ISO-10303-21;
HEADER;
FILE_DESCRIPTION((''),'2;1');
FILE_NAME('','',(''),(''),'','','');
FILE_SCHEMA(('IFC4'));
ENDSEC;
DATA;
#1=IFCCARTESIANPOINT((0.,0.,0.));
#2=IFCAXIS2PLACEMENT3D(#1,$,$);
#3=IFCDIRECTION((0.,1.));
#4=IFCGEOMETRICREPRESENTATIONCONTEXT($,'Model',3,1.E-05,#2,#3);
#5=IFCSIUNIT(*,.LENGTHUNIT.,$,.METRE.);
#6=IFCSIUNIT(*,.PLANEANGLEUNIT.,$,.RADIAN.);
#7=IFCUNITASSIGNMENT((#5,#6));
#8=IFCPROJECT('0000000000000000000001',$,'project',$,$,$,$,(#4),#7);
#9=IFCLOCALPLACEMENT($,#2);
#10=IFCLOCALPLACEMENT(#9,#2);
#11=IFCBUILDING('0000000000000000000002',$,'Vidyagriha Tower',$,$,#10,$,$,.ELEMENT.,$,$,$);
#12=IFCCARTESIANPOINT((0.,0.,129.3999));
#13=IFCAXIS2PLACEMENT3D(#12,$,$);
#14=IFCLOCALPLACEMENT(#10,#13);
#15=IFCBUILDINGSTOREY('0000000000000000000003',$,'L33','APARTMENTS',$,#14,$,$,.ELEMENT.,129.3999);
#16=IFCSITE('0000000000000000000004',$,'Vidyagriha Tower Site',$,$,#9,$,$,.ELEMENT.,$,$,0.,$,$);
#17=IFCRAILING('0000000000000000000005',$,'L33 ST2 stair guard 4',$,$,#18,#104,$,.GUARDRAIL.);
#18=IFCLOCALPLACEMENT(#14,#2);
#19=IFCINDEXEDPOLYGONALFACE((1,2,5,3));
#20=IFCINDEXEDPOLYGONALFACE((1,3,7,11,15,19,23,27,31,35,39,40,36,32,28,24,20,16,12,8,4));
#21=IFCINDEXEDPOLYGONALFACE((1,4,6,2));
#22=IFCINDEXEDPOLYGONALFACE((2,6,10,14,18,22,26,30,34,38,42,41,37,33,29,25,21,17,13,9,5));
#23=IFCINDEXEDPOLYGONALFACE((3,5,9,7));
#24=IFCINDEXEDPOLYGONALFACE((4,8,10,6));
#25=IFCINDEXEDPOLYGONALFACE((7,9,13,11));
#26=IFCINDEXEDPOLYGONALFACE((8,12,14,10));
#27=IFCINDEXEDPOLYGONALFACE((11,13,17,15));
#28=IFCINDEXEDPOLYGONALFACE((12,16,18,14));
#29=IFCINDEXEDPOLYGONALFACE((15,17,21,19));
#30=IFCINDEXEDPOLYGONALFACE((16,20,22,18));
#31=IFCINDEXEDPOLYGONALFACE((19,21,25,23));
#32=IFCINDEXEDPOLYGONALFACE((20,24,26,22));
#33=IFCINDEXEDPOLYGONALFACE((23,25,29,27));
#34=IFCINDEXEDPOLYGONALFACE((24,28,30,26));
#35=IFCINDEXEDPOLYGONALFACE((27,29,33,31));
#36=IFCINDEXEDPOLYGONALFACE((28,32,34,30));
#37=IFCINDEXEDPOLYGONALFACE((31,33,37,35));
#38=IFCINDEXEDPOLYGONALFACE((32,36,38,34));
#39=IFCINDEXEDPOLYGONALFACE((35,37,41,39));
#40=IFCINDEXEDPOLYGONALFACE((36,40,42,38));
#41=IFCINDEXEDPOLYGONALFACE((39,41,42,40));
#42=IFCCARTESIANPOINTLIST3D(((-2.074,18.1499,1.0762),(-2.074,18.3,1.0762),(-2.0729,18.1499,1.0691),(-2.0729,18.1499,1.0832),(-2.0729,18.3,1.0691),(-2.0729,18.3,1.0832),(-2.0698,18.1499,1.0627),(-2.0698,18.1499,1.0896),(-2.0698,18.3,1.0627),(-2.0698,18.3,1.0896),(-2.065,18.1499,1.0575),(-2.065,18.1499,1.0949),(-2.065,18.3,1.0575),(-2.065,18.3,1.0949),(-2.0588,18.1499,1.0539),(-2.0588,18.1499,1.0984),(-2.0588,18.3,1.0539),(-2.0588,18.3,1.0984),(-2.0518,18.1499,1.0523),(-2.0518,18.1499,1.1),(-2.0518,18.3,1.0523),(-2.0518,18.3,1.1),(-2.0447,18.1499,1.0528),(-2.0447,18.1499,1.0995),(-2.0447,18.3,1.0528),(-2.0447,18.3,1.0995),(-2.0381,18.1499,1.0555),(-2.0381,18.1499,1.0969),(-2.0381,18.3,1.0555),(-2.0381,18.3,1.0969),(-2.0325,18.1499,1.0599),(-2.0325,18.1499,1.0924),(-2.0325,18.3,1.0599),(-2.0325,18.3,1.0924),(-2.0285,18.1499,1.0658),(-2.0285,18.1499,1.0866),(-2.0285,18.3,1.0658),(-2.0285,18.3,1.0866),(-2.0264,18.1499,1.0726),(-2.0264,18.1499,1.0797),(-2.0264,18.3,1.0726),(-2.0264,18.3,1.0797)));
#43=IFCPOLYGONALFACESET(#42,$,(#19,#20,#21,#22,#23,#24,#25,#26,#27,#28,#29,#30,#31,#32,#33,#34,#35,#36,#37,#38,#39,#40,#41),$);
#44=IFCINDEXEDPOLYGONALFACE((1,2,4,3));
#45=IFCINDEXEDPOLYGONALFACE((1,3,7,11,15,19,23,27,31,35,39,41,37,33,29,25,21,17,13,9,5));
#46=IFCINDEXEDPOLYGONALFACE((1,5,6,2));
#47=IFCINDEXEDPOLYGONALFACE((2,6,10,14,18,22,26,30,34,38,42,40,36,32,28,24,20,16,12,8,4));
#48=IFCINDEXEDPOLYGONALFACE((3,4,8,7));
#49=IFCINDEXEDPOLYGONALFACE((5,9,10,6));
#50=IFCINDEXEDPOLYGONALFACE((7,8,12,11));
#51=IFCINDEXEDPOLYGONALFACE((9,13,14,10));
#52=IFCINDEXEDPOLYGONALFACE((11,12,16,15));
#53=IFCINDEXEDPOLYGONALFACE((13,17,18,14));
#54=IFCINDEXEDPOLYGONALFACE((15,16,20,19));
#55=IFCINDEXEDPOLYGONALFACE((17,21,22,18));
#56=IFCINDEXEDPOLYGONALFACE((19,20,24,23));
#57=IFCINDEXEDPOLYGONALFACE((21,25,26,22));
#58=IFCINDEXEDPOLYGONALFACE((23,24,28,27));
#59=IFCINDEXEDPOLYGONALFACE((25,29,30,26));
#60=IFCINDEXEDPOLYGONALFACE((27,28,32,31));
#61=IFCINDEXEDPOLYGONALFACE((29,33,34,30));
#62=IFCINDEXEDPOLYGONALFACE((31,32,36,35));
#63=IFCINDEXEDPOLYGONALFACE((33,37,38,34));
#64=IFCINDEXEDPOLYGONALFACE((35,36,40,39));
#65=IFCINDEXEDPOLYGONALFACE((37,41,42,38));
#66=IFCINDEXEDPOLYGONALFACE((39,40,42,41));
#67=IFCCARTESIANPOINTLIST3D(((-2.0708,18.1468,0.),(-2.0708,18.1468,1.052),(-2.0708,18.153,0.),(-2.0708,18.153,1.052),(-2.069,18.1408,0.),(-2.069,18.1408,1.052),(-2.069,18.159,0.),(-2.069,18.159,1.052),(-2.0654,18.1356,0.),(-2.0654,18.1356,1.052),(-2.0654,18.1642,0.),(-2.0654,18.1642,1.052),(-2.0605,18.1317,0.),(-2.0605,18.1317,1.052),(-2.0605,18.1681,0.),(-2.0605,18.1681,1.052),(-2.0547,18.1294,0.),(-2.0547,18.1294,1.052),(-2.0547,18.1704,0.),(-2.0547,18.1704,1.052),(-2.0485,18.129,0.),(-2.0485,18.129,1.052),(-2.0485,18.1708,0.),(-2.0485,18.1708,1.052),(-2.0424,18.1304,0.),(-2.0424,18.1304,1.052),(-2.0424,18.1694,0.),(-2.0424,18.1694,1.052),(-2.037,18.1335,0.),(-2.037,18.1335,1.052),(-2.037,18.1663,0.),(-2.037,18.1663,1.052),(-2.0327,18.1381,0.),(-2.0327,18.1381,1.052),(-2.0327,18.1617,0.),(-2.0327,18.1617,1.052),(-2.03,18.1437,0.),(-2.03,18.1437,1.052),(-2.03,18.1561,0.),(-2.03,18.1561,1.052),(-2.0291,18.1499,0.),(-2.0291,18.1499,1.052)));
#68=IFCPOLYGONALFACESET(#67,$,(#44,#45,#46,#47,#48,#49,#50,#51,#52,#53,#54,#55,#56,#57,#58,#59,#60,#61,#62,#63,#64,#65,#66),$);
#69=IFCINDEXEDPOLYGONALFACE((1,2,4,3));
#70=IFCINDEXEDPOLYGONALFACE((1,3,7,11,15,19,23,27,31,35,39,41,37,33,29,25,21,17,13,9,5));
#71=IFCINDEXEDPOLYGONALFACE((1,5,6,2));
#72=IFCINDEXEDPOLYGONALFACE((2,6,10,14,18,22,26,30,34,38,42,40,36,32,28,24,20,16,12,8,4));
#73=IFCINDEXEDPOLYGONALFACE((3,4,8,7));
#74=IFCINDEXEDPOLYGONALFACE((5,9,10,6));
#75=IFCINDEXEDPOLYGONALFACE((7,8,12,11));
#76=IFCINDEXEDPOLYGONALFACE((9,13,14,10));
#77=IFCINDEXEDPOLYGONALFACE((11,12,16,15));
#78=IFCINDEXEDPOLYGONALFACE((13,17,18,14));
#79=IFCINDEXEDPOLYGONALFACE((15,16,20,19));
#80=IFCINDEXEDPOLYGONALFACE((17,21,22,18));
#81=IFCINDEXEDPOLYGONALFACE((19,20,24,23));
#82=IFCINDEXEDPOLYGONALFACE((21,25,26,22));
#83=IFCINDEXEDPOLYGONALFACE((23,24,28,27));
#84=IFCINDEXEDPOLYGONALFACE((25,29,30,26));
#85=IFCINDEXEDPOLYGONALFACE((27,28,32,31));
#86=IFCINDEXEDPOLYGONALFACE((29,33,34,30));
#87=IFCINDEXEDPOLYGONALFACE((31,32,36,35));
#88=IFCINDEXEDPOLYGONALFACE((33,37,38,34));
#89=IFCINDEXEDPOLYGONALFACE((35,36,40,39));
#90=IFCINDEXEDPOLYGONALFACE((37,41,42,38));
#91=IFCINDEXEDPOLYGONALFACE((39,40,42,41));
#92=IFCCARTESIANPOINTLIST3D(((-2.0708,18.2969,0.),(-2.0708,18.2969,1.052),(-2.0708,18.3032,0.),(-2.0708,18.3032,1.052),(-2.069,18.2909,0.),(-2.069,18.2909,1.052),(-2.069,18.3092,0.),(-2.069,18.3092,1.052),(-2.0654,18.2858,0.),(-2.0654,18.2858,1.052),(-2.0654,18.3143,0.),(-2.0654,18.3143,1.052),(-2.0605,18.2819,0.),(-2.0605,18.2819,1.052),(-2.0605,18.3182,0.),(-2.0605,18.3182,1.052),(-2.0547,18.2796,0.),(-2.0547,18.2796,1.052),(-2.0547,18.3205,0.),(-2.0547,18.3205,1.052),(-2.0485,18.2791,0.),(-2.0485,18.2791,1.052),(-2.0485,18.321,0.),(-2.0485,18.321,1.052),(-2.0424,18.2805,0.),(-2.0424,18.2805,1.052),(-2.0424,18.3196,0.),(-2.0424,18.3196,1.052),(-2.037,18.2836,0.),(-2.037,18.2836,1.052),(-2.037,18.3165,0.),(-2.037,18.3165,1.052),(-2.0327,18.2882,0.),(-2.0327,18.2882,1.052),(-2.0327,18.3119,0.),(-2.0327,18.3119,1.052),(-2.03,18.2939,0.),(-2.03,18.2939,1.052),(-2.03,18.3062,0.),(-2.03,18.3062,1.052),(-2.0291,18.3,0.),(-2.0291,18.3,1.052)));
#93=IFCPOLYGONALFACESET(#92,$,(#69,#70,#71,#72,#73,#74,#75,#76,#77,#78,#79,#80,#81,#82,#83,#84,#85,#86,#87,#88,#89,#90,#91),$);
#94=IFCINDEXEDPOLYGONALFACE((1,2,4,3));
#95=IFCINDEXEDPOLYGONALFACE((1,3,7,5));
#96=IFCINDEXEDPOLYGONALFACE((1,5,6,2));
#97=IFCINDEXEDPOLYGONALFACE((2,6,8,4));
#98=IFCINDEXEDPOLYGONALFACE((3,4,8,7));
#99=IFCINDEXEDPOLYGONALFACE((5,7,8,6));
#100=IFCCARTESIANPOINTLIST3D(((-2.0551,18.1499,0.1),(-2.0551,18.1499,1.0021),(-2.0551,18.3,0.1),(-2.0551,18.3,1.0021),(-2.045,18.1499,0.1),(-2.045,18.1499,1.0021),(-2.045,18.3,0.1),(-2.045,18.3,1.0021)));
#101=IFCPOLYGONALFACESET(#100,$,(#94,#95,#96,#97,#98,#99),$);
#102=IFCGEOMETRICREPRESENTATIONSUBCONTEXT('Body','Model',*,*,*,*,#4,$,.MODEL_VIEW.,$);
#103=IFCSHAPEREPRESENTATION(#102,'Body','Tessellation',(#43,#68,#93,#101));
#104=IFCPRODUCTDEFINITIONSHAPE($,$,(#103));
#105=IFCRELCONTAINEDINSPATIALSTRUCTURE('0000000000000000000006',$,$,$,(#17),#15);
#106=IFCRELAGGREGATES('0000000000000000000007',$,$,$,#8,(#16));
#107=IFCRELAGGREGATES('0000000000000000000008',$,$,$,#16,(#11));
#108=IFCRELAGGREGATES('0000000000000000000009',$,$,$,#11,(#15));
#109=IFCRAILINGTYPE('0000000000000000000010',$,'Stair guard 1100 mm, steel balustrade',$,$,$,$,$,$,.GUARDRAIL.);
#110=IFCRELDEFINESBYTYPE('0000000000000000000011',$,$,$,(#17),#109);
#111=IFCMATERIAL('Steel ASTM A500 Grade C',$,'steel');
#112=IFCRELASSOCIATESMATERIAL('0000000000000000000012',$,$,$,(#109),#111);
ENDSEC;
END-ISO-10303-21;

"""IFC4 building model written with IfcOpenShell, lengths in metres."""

from ifc_helpers import new_model, si_unit, direction, frame, origin, origin_2d, place, context, subcontext, project, spatial, rectangle, circle, extrude, material, type_object, element, save


model = new_model("IFC4")

# Units and contexts
model_context = context("Model", 3, precision=1e-05, world=origin(), true_north=direction((0.0, 1.0)))
body_context = subcontext(model_context, "Body", "Model", "MODEL_VIEW")
ifc_project = project(units=[si_unit("LENGTHUNIT", "METRE"), si_unit("PLANEANGLEUNIT", "RADIAN")], contexts=[model_context])

# Site, building, storey
site_placement = place(None, origin())
site = spatial("IfcSite", under=ifc_project, at=site_placement, Name="Vidyagriha Tower Site", CompositionType="ELEMENT", RefElevation=0.0)
building_placement = place(site_placement, origin())
building = spatial("IfcBuilding", under=site, at=building_placement, Name="Vidyagriha Tower", CompositionType="ELEMENT")
storey_placement = place(building_placement, frame((0.0, 0.0, 129.3999)))
storey = spatial("IfcBuildingStorey", under=building, at=storey_placement, Name="L33", Description="APARTMENTS", CompositionType="ELEMENT", Elevation=129.3999)

# Railing
ifc_material_1 = material(Name="Steel ASTM A500 Grade C", Category="steel")
railing_type_1 = type_object("IfcRailingType", Name="Stair guard 1100 mm, steel balustrade", PredefinedType="GUARDRAIL", material=ifc_material_1)
railing_1_placement = place(storey_placement, frame((-2.05, 18.1499, 0.0)))
element("IfcRailing", 1, at=railing_1_placement, inside=storey, type_object=railing_type_1, Name="L33 ST2 stair guard 4", PredefinedType="GUARDRAIL", context=body_context, shape_type="SweptSolid", body=[
    extrude(circle(Radius=0.0239, at=origin_2d()), frame((0.0, 0.0, 1.0762), z_axis=(0.0, 1.0, 0.0), x_axis=(-1.0, 0.0, 0.0)), (0.0, 0.0, 1.0), 0.1501),
    extrude(circle(Radius=0.021, at=origin_2d()), origin(), (0.0, 0.0, 1.0), 1.052),
    extrude(circle(Radius=0.021, at=origin_2d()), frame((0.0, 0.1501, 0.0)), (0.0, 0.0, 1.0), 1.052),
    extrude(rectangle(XDim=0.01, YDim=0.9021, at=origin_2d()), frame((0.0, 0.0, 0.551), z_axis=(0.0, 1.0, 0.0), x_axis=(-1.0, 0.0, 0.0)), (0.0, 0.0, 1.0), 0.1501),
])

save(model, "model.ifc")
